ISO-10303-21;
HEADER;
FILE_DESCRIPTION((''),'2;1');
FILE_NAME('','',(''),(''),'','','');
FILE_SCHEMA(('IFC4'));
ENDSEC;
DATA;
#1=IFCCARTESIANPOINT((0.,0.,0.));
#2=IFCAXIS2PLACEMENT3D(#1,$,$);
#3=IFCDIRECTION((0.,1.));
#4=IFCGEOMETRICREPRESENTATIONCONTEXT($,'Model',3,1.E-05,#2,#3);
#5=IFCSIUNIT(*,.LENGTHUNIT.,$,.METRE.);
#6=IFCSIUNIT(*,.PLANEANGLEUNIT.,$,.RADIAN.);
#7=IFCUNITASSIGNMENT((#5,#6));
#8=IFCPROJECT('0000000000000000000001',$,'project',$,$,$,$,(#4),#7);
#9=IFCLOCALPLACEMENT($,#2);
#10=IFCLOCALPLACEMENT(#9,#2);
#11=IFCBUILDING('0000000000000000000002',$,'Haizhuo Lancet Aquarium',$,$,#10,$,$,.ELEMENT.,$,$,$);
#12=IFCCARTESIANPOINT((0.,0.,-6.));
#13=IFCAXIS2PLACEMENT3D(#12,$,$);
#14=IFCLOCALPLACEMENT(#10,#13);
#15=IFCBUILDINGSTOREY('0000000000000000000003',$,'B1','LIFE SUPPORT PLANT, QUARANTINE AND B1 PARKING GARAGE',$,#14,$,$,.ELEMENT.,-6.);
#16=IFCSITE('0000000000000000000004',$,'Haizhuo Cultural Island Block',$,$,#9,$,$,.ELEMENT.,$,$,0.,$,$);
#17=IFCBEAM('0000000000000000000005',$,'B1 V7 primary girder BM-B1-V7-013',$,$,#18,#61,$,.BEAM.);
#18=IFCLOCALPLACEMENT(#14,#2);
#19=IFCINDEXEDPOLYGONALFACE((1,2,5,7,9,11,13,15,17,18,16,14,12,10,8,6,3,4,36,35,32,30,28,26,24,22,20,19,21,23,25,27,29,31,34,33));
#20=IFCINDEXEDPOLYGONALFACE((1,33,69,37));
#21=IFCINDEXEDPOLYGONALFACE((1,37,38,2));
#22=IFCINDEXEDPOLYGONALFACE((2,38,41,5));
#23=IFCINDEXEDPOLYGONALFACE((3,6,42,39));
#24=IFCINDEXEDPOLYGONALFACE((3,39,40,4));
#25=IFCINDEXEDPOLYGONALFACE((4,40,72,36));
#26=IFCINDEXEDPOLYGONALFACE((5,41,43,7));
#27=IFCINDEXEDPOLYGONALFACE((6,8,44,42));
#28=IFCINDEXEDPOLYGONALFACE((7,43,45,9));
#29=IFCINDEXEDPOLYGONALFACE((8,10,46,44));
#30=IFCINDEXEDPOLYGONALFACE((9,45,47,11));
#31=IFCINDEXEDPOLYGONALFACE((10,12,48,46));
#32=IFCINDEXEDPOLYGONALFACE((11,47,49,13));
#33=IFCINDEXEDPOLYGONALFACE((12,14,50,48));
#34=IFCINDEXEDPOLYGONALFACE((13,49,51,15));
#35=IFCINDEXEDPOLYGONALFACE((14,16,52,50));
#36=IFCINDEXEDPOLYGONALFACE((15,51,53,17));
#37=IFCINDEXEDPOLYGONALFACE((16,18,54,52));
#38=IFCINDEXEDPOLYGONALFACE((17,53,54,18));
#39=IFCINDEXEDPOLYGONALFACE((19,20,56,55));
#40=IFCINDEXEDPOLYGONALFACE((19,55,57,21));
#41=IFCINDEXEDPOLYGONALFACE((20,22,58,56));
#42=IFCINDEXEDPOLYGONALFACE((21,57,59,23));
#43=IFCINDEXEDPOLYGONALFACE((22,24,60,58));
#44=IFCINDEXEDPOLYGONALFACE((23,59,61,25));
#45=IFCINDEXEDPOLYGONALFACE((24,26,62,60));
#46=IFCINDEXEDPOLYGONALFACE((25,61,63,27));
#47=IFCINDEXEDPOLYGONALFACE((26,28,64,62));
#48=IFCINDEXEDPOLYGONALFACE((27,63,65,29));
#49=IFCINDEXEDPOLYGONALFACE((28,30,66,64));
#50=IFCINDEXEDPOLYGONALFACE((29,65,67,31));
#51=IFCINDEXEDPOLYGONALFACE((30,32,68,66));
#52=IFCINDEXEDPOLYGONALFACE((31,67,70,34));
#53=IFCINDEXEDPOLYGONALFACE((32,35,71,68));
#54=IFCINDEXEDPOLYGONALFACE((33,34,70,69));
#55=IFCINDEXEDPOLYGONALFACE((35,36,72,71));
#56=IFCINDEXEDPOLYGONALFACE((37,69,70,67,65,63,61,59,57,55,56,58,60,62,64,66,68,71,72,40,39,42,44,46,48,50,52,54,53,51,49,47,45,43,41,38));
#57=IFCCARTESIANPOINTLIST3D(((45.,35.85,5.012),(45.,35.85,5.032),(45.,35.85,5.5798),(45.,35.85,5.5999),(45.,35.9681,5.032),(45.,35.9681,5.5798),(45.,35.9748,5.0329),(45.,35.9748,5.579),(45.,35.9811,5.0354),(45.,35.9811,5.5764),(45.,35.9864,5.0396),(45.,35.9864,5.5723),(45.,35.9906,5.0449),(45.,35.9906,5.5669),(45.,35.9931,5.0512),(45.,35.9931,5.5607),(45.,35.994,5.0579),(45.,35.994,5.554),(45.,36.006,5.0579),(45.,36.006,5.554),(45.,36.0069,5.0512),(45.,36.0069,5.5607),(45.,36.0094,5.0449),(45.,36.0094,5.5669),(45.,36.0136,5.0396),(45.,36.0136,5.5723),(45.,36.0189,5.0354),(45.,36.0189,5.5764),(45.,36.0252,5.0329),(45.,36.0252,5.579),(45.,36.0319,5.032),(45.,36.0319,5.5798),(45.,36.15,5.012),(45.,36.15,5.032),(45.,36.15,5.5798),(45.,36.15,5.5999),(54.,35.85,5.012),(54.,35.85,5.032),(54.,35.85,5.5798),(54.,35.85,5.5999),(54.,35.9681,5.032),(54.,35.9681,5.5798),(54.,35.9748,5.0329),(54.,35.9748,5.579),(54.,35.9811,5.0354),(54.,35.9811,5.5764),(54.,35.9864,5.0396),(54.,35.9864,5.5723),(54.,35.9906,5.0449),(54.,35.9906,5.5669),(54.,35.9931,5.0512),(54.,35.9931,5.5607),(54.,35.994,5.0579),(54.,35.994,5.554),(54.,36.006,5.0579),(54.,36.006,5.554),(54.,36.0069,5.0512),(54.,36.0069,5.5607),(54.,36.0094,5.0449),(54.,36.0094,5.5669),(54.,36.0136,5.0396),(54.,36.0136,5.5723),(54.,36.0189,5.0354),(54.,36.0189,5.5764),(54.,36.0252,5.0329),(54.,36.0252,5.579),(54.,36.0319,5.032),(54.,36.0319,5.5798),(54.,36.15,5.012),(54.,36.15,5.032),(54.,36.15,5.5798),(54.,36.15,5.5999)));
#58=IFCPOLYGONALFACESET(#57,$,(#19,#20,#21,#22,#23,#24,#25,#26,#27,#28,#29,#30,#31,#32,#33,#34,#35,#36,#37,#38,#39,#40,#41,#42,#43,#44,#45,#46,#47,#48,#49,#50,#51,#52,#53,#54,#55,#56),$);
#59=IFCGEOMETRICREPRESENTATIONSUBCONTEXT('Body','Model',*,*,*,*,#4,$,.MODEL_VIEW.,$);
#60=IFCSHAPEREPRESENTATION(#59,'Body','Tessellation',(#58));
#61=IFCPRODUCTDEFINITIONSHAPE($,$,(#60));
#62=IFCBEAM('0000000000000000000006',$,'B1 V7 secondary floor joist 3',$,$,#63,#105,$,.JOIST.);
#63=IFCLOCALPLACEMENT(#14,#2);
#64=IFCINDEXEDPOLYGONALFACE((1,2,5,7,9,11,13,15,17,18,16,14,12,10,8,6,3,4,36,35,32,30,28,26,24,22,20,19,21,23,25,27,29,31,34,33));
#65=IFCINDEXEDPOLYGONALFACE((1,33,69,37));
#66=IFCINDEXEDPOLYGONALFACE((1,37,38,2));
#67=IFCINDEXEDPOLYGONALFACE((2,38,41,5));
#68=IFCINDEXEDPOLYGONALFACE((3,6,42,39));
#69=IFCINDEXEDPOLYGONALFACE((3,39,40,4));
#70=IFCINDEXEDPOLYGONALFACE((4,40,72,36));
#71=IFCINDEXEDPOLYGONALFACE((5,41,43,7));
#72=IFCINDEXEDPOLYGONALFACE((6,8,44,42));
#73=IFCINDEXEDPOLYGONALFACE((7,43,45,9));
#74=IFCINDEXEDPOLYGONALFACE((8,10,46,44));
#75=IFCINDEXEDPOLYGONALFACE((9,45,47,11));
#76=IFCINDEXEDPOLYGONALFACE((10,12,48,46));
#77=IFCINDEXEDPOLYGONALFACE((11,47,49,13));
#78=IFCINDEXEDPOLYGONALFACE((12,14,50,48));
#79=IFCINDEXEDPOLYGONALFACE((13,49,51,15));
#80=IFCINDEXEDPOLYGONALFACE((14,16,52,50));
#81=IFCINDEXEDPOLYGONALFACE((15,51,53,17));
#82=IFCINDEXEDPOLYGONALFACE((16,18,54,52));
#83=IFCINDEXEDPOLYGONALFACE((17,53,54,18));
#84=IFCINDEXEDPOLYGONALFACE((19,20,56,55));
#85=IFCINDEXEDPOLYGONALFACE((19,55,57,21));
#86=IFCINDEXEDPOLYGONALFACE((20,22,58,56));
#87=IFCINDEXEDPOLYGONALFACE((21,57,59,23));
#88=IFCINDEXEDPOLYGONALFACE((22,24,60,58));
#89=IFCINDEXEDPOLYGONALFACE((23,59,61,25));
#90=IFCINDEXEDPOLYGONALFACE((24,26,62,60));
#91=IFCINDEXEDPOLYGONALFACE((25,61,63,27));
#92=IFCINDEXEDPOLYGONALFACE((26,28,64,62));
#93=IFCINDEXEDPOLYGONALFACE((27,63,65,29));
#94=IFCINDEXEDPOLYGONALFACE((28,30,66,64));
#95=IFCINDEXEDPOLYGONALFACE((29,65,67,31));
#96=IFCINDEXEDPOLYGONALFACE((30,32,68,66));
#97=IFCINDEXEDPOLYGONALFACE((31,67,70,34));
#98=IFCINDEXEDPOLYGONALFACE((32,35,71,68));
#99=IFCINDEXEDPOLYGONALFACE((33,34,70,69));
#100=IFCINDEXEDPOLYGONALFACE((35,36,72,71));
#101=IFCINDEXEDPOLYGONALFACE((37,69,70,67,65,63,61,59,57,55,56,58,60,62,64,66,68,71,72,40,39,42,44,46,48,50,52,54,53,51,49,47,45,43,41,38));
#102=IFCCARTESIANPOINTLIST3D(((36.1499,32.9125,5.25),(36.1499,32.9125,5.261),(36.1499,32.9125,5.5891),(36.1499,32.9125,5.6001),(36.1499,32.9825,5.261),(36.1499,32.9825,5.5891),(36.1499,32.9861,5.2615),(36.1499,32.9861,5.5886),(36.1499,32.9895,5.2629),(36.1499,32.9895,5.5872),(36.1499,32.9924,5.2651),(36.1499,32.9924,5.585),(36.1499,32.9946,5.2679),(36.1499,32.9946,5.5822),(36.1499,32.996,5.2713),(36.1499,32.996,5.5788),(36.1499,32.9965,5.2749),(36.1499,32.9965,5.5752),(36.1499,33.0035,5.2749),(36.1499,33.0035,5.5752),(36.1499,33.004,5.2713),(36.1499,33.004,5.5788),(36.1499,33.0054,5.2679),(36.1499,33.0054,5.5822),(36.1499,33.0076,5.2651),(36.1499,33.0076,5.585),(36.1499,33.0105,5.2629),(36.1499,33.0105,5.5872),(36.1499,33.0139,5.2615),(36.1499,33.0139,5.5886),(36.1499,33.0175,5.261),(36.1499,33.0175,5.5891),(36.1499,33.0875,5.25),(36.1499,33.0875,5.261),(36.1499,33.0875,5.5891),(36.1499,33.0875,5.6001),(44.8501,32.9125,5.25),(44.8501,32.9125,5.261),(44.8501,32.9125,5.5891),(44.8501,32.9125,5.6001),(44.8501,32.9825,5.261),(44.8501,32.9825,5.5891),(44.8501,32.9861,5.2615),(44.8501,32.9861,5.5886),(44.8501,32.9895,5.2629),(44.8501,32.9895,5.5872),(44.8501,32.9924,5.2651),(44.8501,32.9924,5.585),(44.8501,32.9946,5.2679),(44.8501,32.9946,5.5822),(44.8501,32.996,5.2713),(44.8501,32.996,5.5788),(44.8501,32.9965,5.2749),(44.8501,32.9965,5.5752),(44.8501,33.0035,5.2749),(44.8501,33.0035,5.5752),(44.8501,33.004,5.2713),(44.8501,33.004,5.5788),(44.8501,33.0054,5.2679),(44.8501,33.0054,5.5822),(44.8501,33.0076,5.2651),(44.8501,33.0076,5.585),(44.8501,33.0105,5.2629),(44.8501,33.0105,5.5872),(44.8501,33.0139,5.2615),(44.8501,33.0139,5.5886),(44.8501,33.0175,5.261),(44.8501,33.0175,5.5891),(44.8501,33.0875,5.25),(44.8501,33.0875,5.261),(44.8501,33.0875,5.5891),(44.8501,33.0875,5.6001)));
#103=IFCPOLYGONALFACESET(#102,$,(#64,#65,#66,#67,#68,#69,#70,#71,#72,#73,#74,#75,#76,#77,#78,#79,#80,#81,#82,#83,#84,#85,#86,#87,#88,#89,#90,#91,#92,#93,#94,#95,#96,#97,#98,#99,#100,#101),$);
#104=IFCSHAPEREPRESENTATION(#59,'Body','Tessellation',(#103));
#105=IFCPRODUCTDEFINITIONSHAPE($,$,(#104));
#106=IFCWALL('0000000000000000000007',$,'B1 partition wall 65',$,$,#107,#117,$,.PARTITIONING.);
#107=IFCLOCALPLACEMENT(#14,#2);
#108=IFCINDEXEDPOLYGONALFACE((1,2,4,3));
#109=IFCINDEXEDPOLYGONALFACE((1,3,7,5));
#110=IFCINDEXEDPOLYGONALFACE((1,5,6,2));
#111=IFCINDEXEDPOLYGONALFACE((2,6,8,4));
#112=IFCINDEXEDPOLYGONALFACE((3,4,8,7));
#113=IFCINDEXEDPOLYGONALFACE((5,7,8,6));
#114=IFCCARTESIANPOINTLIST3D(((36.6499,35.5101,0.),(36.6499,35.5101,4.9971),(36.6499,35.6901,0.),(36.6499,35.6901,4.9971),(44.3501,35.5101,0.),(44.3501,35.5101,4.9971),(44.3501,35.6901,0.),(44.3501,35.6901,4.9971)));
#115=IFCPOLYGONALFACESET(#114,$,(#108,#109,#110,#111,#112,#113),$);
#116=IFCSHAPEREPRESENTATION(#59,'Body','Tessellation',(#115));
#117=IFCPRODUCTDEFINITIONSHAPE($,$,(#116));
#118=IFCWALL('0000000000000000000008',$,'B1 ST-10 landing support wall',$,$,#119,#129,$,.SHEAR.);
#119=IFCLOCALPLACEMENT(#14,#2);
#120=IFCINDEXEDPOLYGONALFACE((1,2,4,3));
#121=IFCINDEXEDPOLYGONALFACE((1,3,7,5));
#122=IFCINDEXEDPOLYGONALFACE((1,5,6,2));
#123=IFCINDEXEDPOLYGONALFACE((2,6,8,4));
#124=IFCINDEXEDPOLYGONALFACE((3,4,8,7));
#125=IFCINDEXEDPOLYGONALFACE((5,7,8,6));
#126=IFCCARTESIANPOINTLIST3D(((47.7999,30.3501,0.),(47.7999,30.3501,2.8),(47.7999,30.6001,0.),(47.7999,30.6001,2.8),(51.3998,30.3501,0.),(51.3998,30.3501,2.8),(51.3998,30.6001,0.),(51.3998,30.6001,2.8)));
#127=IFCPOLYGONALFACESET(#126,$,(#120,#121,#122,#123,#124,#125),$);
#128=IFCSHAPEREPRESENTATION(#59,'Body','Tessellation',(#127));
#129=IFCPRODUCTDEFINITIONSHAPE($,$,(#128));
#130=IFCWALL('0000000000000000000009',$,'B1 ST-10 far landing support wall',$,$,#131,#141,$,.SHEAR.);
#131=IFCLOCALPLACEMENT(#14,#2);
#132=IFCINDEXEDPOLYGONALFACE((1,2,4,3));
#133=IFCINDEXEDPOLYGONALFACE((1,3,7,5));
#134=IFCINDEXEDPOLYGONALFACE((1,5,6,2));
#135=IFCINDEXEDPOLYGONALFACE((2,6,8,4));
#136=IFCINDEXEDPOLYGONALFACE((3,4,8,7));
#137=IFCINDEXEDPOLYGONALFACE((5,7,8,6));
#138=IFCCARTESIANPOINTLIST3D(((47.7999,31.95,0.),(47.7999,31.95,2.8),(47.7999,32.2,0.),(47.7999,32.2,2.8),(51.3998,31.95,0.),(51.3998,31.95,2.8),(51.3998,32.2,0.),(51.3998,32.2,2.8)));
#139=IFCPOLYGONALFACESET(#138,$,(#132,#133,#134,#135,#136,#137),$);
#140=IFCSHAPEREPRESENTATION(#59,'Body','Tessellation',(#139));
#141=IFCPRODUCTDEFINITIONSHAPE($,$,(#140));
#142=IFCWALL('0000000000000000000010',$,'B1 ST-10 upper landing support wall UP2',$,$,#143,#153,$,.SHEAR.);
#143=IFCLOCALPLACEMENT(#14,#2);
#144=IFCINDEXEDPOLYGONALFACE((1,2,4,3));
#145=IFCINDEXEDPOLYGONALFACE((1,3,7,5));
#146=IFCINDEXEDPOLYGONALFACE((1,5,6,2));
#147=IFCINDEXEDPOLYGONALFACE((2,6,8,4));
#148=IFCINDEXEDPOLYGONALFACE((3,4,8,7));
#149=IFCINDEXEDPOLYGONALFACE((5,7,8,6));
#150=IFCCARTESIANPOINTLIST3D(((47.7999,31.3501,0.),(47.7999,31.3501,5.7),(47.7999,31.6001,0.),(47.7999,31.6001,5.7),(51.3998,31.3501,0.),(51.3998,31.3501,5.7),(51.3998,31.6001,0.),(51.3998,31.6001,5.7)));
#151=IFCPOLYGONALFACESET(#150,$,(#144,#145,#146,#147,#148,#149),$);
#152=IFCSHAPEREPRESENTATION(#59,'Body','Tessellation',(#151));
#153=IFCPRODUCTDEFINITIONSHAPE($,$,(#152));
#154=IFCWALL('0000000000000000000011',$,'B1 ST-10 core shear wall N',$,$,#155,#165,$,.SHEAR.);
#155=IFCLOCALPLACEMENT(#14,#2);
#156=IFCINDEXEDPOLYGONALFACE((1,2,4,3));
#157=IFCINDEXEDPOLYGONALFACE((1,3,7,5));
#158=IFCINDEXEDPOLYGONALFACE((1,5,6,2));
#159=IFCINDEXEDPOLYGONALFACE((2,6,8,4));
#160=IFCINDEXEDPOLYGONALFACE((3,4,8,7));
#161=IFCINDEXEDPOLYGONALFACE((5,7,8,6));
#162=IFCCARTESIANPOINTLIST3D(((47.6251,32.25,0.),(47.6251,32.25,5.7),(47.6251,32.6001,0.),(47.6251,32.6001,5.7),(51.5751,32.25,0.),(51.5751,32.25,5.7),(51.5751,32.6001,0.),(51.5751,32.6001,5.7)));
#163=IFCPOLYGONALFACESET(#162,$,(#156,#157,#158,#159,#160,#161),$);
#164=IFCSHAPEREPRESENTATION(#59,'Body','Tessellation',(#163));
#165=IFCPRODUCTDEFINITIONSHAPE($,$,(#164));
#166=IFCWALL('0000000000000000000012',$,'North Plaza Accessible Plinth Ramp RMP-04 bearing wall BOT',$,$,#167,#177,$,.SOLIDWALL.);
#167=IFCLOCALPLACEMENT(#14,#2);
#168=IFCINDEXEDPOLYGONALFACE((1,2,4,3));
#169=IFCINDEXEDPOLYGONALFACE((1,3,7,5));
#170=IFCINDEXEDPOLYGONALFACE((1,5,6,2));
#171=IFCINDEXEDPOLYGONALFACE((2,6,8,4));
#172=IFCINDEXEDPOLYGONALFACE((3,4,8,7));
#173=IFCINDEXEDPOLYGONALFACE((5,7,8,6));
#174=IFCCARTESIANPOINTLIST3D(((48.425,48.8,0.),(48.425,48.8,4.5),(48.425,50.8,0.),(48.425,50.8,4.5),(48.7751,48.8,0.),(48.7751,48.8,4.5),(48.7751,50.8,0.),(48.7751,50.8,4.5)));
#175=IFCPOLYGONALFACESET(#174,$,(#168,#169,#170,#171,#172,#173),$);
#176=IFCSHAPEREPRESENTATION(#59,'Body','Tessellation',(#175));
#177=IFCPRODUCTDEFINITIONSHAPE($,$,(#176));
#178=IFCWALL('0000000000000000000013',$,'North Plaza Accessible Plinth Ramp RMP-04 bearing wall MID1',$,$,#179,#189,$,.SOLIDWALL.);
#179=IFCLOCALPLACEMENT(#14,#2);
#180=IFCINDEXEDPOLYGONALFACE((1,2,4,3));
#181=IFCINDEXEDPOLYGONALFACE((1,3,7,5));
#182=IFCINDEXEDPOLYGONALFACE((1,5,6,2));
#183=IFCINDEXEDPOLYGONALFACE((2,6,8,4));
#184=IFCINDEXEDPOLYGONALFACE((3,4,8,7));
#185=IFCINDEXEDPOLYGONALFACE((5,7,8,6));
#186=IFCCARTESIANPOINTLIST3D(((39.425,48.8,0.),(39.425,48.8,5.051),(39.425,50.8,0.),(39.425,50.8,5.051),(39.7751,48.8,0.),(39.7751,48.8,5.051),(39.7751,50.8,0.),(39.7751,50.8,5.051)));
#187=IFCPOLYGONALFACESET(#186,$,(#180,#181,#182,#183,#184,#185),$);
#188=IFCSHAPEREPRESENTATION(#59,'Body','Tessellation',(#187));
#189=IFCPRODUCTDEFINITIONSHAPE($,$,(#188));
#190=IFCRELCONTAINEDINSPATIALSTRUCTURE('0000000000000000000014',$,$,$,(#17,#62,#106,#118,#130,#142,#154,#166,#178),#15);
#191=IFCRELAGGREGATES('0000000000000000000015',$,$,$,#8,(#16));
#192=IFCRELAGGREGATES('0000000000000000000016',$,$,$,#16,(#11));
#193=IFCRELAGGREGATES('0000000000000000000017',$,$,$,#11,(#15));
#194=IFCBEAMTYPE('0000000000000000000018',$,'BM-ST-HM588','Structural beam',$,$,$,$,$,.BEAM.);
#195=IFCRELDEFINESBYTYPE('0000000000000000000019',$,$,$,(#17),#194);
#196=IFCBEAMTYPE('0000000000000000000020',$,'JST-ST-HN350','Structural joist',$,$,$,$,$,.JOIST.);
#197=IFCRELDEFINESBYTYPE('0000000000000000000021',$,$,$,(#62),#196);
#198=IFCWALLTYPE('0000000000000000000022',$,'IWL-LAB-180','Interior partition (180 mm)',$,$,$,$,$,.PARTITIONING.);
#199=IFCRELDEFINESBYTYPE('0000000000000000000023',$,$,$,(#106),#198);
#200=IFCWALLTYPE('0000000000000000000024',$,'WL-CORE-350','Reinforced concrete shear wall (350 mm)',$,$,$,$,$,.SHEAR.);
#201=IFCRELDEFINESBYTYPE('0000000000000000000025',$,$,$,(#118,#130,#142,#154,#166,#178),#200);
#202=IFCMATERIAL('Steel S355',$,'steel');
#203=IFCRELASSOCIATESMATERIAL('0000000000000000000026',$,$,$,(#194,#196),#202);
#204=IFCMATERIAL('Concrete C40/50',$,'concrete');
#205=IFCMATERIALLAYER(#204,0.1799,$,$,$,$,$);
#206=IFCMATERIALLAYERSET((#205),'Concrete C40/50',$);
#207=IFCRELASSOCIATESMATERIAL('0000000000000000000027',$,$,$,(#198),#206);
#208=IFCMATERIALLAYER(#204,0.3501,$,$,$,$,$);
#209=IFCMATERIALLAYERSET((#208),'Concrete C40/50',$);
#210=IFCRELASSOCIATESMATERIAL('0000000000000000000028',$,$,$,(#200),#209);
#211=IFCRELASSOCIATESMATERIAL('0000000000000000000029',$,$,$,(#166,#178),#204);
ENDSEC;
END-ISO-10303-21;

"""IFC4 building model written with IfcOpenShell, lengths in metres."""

from ifc_helpers import new_model, si_unit, direction, frame, frame_2d, origin, origin_2d, place, context, subcontext, project, spatial, rectangle, i_section, extrude, material, layer, layer_set, material_profile, profile_set, type_object, element, save


model = new_model("IFC4")

# Units and contexts
model_context = context("Model", 3, precision=1e-05, world=origin(), true_north=direction((0.0, 1.0)))
body_context = subcontext(model_context, "Body", "Model", "MODEL_VIEW")
ifc_project = project(units=[si_unit("LENGTHUNIT", "METRE"), si_unit("PLANEANGLEUNIT", "RADIAN")], contexts=[model_context])

# Site, building, storey
site_placement = place(None, origin())
site = spatial("IfcSite", under=ifc_project, at=site_placement, Name="Haizhuo Cultural Island Block", CompositionType="ELEMENT", RefElevation=0.0)
building_placement = place(site_placement, origin())
building = spatial("IfcBuilding", under=site, at=building_placement, Name="Haizhuo Lancet Aquarium", CompositionType="ELEMENT")
storey_placement = place(building_placement, frame((0.0, 0.0, -6.0)))
storey = spatial("IfcBuildingStorey", under=building, at=storey_placement, Name="B1", Description="LIFE SUPPORT PLANT, QUARANTINE AND B1 PARKING GARAGE", CompositionType="ELEMENT", Elevation=-6.0)

# Shared definitions
ifc_material_1 = material(Name="Concrete C40/50", Category="concrete")

# Beams
ifc_material_2 = material(Name="Steel S355", Category="steel")
ifc_material_profile_1 = material_profile(ifc_material_2, i_section(OverallWidth=0.3, OverallDepth=0.5879, WebThickness=0.012, FlangeThickness=0.02, FilletRadius=0.0259, at=origin_2d()), Name="HM 588x300x12x20")
ifc_profile_set_1 = profile_set([ifc_material_profile_1], Name="Steel S355")
beam_type_1 = type_object("IfcBeamType", Name="BM-ST-HM588", Description="Structural beam", PredefinedType="BEAM", material=ifc_profile_set_1)
for number, where, z_axis, x_axis, name in (
    (1, (45.0, 36.0, 5.3059), (1.0, 0.0, 0.0), (0.0, 1.0, 0.0), "B1 V7 primary girder BM-B1-V7-013"),
):
    element("IfcBeam", number, at=place(storey_placement, frame(where, z_axis=z_axis, x_axis=x_axis)), inside=storey, type_object=beam_type_1, Name=name, PredefinedType="BEAM", context=body_context, shape_type="SweptSolid", body=[
        extrude(i_section(OverallWidth=0.3, OverallDepth=0.5879, WebThickness=0.012, FlangeThickness=0.02, FilletRadius=0.0259, at=origin_2d()), origin(), (0.0, 0.0, 1.0), 9.0),
    ])
ifc_material_profile_2 = material_profile(ifc_material_2, i_section(OverallWidth=0.175, OverallDepth=0.3501, WebThickness=0.0071, FlangeThickness=0.011, FilletRadius=0.0139, at=origin_2d()), Name="HN 350x175x7x11")
ifc_profile_set_2 = profile_set([ifc_material_profile_2], Name="Steel S355")
beam_type_2 = type_object("IfcBeamType", Name="JST-ST-HN350", Description="Structural joist", PredefinedType="JOIST", material=ifc_profile_set_2)
beam_placement = place(storey_placement, frame((36.1499, 33.0, 5.425), z_axis=(1.0, 0.0, 0.0), x_axis=(0.0, 1.0, 0.0)))
element("IfcBeam", 2, at=beam_placement, inside=storey, type_object=beam_type_2, Name="B1 V7 secondary floor joist 3", PredefinedType="JOIST", context=body_context, shape_type="SweptSolid", body=[
    extrude(i_section(OverallWidth=0.175, OverallDepth=0.3501, WebThickness=0.0071, FlangeThickness=0.011, FilletRadius=0.0139, at=origin_2d()), origin(), (0.0, 0.0, 1.0), 8.7002),
])

# Walls
ifc_layer_1 = layer(ifc_material_1, 0.1799)
ifc_layer_set_1 = layer_set([ifc_layer_1], Name="Concrete C40/50")
wall_type_1 = type_object("IfcWallType", Name="IWL-LAB-180", Description="Interior partition (180 mm)", PredefinedType="PARTITIONING", material=ifc_layer_set_1)
wall_1_placement = place(storey_placement, frame((44.3501, 35.6001, 0.0), z_axis=(0.0, 0.0, 1.0), x_axis=(-1.0, 0.0, 0.0)))
element("IfcWall", 3, at=wall_1_placement, inside=storey, type_object=wall_type_1, Name="B1 partition wall 65", PredefinedType="PARTITIONING", context=body_context, shape_type="SweptSolid", body=[
    extrude(rectangle(XDim=7.7002, YDim=0.1799, at=frame_2d((3.8501, 0.0))), origin(), (0.0, 0.0, 1.0), 4.9971),
])
ifc_layer_2 = layer(ifc_material_1, 0.3501)
ifc_layer_set_2 = layer_set([ifc_layer_2], Name="Concrete C40/50")
wall_type_2 = type_object("IfcWallType", Name="WL-CORE-350", Description="Reinforced concrete shear wall (350 mm)", PredefinedType="SHEAR", material=ifc_layer_set_2)
for number, where, z_axis, x_axis, name in (
    (4, (47.8, 30.4751, 0.0), (0.0, 0.0, 1.0), (1.0, 0.0, 0.0), "B1 ST-10 landing support wall"),
    (5, (47.8, 32.075, 0.0), (0.0, 0.0, 1.0), (1.0, 0.0, 0.0), "B1 ST-10 far landing support wall"),
):
    element("IfcWall", number, at=place(storey_placement, frame(where, z_axis=z_axis, x_axis=x_axis)), inside=storey, type_object=wall_type_2, Name=name, PredefinedType="SHEAR", context=body_context, shape_type="SweptSolid", body=[
        extrude(rectangle(XDim=3.5999, YDim=0.25, at=frame_2d((1.7998, 0.0))), origin(), (0.0, 0.0, 1.0), 2.8),
    ])
wall_2_placement = place(storey_placement, frame((47.8, 31.4751, 0.0), z_axis=(0.0, 0.0, 1.0), x_axis=(1.0, 0.0, 0.0)))
element("IfcWall", 6, at=wall_2_placement, inside=storey, type_object=wall_type_2, Name="B1 ST-10 upper landing support wall UP2", PredefinedType="SHEAR", context=body_context, shape_type="SweptSolid", body=[
    extrude(rectangle(XDim=3.5999, YDim=0.25, at=frame_2d((1.7998, 0.0))), origin(), (0.0, 0.0, 1.0), 5.7),
])
wall_3_placement = place(storey_placement, frame((47.625, 32.425, 0.0), z_axis=(0.0, 0.0, 1.0), x_axis=(1.0, 0.0, 0.0)))
element("IfcWall", 7, at=wall_3_placement, inside=storey, type_object=wall_type_2, Name="B1 ST-10 core shear wall N", PredefinedType="SHEAR", context=body_context, shape_type="SweptSolid", body=[
    extrude(rectangle(XDim=3.95, YDim=0.3501, at=frame_2d((1.9751, 0.0))), origin(), (0.0, 0.0, 1.0), 5.7),
])
wall_4_placement = place(storey_placement, frame((48.6001, 48.8, 0.0), z_axis=(0.0, 0.0, 1.0), x_axis=(0.0, 1.0, 0.0)))
element("IfcWall", 8, at=wall_4_placement, inside=storey, type_object=wall_type_2, material=ifc_material_1, Name="North Plaza Accessible Plinth Ramp RMP-04 bearing wall BOT", PredefinedType="SOLIDWALL", context=body_context, shape_type="SweptSolid", body=[
    extrude(rectangle(XDim=2.0, YDim=0.3501, at=frame_2d((1.0, 0.0))), origin(), (0.0, 0.0, 1.0), 4.5),
])
for number, where, z_axis, x_axis, name in (
    (9, (39.6001, 48.8, 0.0), (0.0, 0.0, 1.0), (0.0, 1.0, 0.0), "North Plaza Accessible Plinth Ramp RMP-04 bearing wall MID1"),
):
    element("IfcWall", number, at=place(storey_placement, frame(where, z_axis=z_axis, x_axis=x_axis)), inside=storey, type_object=wall_type_2, material=ifc_material_1, Name=name, PredefinedType="SOLIDWALL", context=body_context, shape_type="SweptSolid", body=[
        extrude(rectangle(XDim=2.0, YDim=0.3501, at=frame_2d((1.0, 0.0))), origin(), (0.0, 0.0, 1.0), 5.051),
    ])

save(model, "model.ifc")
